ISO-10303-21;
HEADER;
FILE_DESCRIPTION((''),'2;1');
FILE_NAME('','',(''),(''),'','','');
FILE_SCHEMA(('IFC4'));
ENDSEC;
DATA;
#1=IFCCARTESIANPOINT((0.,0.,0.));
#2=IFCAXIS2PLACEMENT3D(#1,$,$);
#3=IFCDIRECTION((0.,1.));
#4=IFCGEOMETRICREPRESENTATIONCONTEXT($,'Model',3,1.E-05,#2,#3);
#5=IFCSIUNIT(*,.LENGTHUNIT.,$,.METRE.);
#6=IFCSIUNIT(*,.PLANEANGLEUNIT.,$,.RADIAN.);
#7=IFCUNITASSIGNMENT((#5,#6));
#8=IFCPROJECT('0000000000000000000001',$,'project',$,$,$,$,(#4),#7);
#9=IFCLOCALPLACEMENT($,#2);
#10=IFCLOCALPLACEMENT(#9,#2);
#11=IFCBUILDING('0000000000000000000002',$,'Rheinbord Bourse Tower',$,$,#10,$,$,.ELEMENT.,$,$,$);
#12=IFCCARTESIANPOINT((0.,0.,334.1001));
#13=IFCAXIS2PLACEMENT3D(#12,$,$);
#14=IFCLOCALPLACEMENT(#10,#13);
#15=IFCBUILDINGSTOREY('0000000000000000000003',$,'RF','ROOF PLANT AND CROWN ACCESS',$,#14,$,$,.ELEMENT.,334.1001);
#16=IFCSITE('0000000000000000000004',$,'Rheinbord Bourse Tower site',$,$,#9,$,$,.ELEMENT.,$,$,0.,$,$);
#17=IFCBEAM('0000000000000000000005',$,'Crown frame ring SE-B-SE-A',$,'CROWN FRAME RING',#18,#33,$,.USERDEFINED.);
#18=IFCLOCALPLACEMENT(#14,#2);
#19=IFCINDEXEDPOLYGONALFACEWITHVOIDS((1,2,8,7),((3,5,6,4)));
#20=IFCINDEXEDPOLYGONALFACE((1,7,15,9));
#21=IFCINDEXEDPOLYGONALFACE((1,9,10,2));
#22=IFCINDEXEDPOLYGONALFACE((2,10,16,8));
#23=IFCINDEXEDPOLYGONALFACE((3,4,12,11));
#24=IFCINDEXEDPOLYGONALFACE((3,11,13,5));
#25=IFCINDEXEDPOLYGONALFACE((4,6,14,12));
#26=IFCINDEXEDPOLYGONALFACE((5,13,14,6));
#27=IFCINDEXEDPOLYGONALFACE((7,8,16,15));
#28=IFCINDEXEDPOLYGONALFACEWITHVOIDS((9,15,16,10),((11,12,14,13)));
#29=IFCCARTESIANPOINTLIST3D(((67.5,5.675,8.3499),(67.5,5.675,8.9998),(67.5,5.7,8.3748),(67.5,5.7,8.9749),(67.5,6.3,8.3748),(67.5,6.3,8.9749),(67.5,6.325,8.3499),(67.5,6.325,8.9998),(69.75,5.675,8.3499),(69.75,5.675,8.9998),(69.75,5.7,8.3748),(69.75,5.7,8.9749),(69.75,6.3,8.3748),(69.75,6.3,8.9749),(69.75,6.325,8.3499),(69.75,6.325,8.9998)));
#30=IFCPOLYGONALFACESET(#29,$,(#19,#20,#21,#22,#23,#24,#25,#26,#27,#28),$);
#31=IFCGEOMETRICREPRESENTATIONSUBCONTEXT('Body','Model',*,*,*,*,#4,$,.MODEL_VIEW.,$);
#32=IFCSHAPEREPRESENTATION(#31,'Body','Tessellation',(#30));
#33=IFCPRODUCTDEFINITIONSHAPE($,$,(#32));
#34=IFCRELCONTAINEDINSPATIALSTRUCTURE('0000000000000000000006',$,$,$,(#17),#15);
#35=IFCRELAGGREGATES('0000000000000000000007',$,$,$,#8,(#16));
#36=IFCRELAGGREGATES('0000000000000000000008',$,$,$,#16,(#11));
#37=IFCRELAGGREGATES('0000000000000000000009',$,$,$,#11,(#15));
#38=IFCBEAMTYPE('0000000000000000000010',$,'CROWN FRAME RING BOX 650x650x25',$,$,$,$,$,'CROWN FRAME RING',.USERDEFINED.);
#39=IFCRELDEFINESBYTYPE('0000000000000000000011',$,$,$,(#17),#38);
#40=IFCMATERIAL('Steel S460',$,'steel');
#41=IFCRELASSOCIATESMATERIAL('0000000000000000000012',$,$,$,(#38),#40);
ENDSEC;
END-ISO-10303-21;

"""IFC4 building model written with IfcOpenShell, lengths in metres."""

from ifc_helpers import new_model, si_unit, direction, frame, origin, origin_2d, place, context, subcontext, project, spatial, hollow_rectangle, extrude, material, material_profile, profile_set, type_object, element, save


model = new_model("IFC4")

# Units and contexts
model_context = context("Model", 3, precision=1e-05, world=origin(), true_north=direction((0.0, 1.0)))
body_context = subcontext(model_context, "Body", "Model", "MODEL_VIEW")
ifc_project = project(units=[si_unit("LENGTHUNIT", "METRE"), si_unit("PLANEANGLEUNIT", "RADIAN")], contexts=[model_context])

# Site, building, storey
site_placement = place(None, origin())
site = spatial("IfcSite", under=ifc_project, at=site_placement, Name="Rheinbord Bourse Tower site", CompositionType="ELEMENT", RefElevation=0.0)
building_placement = place(site_placement, origin())
building = spatial("IfcBuilding", under=site, at=building_placement, Name="Rheinbord Bourse Tower", CompositionType="ELEMENT")
storey_placement = place(building_placement, frame((0.0, 0.0, 334.1001)))
storey = spatial("IfcBuildingStorey", under=building, at=storey_placement, Name="RF", Description="ROOF PLANT AND CROWN ACCESS", CompositionType="ELEMENT", Elevation=334.1001)

# Beam
ifc_material_1 = material(Name="Steel S460", Category="steel")
ifc_material_profile_1 = material_profile(ifc_material_1, hollow_rectangle(XDim=0.6499, YDim=0.6499, WallThickness=0.0249, at=origin_2d()), Name="BOX 650x650x25")
ifc_profile_set_1 = profile_set([ifc_material_profile_1], Name="Steel S460")
beam_type = type_object("IfcBeamType", Name="CROWN FRAME RING BOX 650x650x25", ElementType="CROWN FRAME RING", PredefinedType="USERDEFINED", material=ifc_profile_set_1)
beam_1_placement = place(storey_placement, frame((67.5, 6.0, 8.6748), z_axis=(1.0, 0.0, 0.0), x_axis=(0.0, 1.0, 0.0)))
element("IfcBeam", 1, at=beam_1_placement, inside=storey, type_object=beam_type, Name="Crown frame ring SE-B-SE-A", ObjectType="CROWN FRAME RING", PredefinedType="USERDEFINED", context=body_context, shape_type="SweptSolid", body=[
    extrude(hollow_rectangle(XDim=0.6499, YDim=0.6499, WallThickness=0.0249, at=origin_2d()), origin(), (0.0, 0.0, 1.0), 2.25),
])

save(model, "model.ifc")
